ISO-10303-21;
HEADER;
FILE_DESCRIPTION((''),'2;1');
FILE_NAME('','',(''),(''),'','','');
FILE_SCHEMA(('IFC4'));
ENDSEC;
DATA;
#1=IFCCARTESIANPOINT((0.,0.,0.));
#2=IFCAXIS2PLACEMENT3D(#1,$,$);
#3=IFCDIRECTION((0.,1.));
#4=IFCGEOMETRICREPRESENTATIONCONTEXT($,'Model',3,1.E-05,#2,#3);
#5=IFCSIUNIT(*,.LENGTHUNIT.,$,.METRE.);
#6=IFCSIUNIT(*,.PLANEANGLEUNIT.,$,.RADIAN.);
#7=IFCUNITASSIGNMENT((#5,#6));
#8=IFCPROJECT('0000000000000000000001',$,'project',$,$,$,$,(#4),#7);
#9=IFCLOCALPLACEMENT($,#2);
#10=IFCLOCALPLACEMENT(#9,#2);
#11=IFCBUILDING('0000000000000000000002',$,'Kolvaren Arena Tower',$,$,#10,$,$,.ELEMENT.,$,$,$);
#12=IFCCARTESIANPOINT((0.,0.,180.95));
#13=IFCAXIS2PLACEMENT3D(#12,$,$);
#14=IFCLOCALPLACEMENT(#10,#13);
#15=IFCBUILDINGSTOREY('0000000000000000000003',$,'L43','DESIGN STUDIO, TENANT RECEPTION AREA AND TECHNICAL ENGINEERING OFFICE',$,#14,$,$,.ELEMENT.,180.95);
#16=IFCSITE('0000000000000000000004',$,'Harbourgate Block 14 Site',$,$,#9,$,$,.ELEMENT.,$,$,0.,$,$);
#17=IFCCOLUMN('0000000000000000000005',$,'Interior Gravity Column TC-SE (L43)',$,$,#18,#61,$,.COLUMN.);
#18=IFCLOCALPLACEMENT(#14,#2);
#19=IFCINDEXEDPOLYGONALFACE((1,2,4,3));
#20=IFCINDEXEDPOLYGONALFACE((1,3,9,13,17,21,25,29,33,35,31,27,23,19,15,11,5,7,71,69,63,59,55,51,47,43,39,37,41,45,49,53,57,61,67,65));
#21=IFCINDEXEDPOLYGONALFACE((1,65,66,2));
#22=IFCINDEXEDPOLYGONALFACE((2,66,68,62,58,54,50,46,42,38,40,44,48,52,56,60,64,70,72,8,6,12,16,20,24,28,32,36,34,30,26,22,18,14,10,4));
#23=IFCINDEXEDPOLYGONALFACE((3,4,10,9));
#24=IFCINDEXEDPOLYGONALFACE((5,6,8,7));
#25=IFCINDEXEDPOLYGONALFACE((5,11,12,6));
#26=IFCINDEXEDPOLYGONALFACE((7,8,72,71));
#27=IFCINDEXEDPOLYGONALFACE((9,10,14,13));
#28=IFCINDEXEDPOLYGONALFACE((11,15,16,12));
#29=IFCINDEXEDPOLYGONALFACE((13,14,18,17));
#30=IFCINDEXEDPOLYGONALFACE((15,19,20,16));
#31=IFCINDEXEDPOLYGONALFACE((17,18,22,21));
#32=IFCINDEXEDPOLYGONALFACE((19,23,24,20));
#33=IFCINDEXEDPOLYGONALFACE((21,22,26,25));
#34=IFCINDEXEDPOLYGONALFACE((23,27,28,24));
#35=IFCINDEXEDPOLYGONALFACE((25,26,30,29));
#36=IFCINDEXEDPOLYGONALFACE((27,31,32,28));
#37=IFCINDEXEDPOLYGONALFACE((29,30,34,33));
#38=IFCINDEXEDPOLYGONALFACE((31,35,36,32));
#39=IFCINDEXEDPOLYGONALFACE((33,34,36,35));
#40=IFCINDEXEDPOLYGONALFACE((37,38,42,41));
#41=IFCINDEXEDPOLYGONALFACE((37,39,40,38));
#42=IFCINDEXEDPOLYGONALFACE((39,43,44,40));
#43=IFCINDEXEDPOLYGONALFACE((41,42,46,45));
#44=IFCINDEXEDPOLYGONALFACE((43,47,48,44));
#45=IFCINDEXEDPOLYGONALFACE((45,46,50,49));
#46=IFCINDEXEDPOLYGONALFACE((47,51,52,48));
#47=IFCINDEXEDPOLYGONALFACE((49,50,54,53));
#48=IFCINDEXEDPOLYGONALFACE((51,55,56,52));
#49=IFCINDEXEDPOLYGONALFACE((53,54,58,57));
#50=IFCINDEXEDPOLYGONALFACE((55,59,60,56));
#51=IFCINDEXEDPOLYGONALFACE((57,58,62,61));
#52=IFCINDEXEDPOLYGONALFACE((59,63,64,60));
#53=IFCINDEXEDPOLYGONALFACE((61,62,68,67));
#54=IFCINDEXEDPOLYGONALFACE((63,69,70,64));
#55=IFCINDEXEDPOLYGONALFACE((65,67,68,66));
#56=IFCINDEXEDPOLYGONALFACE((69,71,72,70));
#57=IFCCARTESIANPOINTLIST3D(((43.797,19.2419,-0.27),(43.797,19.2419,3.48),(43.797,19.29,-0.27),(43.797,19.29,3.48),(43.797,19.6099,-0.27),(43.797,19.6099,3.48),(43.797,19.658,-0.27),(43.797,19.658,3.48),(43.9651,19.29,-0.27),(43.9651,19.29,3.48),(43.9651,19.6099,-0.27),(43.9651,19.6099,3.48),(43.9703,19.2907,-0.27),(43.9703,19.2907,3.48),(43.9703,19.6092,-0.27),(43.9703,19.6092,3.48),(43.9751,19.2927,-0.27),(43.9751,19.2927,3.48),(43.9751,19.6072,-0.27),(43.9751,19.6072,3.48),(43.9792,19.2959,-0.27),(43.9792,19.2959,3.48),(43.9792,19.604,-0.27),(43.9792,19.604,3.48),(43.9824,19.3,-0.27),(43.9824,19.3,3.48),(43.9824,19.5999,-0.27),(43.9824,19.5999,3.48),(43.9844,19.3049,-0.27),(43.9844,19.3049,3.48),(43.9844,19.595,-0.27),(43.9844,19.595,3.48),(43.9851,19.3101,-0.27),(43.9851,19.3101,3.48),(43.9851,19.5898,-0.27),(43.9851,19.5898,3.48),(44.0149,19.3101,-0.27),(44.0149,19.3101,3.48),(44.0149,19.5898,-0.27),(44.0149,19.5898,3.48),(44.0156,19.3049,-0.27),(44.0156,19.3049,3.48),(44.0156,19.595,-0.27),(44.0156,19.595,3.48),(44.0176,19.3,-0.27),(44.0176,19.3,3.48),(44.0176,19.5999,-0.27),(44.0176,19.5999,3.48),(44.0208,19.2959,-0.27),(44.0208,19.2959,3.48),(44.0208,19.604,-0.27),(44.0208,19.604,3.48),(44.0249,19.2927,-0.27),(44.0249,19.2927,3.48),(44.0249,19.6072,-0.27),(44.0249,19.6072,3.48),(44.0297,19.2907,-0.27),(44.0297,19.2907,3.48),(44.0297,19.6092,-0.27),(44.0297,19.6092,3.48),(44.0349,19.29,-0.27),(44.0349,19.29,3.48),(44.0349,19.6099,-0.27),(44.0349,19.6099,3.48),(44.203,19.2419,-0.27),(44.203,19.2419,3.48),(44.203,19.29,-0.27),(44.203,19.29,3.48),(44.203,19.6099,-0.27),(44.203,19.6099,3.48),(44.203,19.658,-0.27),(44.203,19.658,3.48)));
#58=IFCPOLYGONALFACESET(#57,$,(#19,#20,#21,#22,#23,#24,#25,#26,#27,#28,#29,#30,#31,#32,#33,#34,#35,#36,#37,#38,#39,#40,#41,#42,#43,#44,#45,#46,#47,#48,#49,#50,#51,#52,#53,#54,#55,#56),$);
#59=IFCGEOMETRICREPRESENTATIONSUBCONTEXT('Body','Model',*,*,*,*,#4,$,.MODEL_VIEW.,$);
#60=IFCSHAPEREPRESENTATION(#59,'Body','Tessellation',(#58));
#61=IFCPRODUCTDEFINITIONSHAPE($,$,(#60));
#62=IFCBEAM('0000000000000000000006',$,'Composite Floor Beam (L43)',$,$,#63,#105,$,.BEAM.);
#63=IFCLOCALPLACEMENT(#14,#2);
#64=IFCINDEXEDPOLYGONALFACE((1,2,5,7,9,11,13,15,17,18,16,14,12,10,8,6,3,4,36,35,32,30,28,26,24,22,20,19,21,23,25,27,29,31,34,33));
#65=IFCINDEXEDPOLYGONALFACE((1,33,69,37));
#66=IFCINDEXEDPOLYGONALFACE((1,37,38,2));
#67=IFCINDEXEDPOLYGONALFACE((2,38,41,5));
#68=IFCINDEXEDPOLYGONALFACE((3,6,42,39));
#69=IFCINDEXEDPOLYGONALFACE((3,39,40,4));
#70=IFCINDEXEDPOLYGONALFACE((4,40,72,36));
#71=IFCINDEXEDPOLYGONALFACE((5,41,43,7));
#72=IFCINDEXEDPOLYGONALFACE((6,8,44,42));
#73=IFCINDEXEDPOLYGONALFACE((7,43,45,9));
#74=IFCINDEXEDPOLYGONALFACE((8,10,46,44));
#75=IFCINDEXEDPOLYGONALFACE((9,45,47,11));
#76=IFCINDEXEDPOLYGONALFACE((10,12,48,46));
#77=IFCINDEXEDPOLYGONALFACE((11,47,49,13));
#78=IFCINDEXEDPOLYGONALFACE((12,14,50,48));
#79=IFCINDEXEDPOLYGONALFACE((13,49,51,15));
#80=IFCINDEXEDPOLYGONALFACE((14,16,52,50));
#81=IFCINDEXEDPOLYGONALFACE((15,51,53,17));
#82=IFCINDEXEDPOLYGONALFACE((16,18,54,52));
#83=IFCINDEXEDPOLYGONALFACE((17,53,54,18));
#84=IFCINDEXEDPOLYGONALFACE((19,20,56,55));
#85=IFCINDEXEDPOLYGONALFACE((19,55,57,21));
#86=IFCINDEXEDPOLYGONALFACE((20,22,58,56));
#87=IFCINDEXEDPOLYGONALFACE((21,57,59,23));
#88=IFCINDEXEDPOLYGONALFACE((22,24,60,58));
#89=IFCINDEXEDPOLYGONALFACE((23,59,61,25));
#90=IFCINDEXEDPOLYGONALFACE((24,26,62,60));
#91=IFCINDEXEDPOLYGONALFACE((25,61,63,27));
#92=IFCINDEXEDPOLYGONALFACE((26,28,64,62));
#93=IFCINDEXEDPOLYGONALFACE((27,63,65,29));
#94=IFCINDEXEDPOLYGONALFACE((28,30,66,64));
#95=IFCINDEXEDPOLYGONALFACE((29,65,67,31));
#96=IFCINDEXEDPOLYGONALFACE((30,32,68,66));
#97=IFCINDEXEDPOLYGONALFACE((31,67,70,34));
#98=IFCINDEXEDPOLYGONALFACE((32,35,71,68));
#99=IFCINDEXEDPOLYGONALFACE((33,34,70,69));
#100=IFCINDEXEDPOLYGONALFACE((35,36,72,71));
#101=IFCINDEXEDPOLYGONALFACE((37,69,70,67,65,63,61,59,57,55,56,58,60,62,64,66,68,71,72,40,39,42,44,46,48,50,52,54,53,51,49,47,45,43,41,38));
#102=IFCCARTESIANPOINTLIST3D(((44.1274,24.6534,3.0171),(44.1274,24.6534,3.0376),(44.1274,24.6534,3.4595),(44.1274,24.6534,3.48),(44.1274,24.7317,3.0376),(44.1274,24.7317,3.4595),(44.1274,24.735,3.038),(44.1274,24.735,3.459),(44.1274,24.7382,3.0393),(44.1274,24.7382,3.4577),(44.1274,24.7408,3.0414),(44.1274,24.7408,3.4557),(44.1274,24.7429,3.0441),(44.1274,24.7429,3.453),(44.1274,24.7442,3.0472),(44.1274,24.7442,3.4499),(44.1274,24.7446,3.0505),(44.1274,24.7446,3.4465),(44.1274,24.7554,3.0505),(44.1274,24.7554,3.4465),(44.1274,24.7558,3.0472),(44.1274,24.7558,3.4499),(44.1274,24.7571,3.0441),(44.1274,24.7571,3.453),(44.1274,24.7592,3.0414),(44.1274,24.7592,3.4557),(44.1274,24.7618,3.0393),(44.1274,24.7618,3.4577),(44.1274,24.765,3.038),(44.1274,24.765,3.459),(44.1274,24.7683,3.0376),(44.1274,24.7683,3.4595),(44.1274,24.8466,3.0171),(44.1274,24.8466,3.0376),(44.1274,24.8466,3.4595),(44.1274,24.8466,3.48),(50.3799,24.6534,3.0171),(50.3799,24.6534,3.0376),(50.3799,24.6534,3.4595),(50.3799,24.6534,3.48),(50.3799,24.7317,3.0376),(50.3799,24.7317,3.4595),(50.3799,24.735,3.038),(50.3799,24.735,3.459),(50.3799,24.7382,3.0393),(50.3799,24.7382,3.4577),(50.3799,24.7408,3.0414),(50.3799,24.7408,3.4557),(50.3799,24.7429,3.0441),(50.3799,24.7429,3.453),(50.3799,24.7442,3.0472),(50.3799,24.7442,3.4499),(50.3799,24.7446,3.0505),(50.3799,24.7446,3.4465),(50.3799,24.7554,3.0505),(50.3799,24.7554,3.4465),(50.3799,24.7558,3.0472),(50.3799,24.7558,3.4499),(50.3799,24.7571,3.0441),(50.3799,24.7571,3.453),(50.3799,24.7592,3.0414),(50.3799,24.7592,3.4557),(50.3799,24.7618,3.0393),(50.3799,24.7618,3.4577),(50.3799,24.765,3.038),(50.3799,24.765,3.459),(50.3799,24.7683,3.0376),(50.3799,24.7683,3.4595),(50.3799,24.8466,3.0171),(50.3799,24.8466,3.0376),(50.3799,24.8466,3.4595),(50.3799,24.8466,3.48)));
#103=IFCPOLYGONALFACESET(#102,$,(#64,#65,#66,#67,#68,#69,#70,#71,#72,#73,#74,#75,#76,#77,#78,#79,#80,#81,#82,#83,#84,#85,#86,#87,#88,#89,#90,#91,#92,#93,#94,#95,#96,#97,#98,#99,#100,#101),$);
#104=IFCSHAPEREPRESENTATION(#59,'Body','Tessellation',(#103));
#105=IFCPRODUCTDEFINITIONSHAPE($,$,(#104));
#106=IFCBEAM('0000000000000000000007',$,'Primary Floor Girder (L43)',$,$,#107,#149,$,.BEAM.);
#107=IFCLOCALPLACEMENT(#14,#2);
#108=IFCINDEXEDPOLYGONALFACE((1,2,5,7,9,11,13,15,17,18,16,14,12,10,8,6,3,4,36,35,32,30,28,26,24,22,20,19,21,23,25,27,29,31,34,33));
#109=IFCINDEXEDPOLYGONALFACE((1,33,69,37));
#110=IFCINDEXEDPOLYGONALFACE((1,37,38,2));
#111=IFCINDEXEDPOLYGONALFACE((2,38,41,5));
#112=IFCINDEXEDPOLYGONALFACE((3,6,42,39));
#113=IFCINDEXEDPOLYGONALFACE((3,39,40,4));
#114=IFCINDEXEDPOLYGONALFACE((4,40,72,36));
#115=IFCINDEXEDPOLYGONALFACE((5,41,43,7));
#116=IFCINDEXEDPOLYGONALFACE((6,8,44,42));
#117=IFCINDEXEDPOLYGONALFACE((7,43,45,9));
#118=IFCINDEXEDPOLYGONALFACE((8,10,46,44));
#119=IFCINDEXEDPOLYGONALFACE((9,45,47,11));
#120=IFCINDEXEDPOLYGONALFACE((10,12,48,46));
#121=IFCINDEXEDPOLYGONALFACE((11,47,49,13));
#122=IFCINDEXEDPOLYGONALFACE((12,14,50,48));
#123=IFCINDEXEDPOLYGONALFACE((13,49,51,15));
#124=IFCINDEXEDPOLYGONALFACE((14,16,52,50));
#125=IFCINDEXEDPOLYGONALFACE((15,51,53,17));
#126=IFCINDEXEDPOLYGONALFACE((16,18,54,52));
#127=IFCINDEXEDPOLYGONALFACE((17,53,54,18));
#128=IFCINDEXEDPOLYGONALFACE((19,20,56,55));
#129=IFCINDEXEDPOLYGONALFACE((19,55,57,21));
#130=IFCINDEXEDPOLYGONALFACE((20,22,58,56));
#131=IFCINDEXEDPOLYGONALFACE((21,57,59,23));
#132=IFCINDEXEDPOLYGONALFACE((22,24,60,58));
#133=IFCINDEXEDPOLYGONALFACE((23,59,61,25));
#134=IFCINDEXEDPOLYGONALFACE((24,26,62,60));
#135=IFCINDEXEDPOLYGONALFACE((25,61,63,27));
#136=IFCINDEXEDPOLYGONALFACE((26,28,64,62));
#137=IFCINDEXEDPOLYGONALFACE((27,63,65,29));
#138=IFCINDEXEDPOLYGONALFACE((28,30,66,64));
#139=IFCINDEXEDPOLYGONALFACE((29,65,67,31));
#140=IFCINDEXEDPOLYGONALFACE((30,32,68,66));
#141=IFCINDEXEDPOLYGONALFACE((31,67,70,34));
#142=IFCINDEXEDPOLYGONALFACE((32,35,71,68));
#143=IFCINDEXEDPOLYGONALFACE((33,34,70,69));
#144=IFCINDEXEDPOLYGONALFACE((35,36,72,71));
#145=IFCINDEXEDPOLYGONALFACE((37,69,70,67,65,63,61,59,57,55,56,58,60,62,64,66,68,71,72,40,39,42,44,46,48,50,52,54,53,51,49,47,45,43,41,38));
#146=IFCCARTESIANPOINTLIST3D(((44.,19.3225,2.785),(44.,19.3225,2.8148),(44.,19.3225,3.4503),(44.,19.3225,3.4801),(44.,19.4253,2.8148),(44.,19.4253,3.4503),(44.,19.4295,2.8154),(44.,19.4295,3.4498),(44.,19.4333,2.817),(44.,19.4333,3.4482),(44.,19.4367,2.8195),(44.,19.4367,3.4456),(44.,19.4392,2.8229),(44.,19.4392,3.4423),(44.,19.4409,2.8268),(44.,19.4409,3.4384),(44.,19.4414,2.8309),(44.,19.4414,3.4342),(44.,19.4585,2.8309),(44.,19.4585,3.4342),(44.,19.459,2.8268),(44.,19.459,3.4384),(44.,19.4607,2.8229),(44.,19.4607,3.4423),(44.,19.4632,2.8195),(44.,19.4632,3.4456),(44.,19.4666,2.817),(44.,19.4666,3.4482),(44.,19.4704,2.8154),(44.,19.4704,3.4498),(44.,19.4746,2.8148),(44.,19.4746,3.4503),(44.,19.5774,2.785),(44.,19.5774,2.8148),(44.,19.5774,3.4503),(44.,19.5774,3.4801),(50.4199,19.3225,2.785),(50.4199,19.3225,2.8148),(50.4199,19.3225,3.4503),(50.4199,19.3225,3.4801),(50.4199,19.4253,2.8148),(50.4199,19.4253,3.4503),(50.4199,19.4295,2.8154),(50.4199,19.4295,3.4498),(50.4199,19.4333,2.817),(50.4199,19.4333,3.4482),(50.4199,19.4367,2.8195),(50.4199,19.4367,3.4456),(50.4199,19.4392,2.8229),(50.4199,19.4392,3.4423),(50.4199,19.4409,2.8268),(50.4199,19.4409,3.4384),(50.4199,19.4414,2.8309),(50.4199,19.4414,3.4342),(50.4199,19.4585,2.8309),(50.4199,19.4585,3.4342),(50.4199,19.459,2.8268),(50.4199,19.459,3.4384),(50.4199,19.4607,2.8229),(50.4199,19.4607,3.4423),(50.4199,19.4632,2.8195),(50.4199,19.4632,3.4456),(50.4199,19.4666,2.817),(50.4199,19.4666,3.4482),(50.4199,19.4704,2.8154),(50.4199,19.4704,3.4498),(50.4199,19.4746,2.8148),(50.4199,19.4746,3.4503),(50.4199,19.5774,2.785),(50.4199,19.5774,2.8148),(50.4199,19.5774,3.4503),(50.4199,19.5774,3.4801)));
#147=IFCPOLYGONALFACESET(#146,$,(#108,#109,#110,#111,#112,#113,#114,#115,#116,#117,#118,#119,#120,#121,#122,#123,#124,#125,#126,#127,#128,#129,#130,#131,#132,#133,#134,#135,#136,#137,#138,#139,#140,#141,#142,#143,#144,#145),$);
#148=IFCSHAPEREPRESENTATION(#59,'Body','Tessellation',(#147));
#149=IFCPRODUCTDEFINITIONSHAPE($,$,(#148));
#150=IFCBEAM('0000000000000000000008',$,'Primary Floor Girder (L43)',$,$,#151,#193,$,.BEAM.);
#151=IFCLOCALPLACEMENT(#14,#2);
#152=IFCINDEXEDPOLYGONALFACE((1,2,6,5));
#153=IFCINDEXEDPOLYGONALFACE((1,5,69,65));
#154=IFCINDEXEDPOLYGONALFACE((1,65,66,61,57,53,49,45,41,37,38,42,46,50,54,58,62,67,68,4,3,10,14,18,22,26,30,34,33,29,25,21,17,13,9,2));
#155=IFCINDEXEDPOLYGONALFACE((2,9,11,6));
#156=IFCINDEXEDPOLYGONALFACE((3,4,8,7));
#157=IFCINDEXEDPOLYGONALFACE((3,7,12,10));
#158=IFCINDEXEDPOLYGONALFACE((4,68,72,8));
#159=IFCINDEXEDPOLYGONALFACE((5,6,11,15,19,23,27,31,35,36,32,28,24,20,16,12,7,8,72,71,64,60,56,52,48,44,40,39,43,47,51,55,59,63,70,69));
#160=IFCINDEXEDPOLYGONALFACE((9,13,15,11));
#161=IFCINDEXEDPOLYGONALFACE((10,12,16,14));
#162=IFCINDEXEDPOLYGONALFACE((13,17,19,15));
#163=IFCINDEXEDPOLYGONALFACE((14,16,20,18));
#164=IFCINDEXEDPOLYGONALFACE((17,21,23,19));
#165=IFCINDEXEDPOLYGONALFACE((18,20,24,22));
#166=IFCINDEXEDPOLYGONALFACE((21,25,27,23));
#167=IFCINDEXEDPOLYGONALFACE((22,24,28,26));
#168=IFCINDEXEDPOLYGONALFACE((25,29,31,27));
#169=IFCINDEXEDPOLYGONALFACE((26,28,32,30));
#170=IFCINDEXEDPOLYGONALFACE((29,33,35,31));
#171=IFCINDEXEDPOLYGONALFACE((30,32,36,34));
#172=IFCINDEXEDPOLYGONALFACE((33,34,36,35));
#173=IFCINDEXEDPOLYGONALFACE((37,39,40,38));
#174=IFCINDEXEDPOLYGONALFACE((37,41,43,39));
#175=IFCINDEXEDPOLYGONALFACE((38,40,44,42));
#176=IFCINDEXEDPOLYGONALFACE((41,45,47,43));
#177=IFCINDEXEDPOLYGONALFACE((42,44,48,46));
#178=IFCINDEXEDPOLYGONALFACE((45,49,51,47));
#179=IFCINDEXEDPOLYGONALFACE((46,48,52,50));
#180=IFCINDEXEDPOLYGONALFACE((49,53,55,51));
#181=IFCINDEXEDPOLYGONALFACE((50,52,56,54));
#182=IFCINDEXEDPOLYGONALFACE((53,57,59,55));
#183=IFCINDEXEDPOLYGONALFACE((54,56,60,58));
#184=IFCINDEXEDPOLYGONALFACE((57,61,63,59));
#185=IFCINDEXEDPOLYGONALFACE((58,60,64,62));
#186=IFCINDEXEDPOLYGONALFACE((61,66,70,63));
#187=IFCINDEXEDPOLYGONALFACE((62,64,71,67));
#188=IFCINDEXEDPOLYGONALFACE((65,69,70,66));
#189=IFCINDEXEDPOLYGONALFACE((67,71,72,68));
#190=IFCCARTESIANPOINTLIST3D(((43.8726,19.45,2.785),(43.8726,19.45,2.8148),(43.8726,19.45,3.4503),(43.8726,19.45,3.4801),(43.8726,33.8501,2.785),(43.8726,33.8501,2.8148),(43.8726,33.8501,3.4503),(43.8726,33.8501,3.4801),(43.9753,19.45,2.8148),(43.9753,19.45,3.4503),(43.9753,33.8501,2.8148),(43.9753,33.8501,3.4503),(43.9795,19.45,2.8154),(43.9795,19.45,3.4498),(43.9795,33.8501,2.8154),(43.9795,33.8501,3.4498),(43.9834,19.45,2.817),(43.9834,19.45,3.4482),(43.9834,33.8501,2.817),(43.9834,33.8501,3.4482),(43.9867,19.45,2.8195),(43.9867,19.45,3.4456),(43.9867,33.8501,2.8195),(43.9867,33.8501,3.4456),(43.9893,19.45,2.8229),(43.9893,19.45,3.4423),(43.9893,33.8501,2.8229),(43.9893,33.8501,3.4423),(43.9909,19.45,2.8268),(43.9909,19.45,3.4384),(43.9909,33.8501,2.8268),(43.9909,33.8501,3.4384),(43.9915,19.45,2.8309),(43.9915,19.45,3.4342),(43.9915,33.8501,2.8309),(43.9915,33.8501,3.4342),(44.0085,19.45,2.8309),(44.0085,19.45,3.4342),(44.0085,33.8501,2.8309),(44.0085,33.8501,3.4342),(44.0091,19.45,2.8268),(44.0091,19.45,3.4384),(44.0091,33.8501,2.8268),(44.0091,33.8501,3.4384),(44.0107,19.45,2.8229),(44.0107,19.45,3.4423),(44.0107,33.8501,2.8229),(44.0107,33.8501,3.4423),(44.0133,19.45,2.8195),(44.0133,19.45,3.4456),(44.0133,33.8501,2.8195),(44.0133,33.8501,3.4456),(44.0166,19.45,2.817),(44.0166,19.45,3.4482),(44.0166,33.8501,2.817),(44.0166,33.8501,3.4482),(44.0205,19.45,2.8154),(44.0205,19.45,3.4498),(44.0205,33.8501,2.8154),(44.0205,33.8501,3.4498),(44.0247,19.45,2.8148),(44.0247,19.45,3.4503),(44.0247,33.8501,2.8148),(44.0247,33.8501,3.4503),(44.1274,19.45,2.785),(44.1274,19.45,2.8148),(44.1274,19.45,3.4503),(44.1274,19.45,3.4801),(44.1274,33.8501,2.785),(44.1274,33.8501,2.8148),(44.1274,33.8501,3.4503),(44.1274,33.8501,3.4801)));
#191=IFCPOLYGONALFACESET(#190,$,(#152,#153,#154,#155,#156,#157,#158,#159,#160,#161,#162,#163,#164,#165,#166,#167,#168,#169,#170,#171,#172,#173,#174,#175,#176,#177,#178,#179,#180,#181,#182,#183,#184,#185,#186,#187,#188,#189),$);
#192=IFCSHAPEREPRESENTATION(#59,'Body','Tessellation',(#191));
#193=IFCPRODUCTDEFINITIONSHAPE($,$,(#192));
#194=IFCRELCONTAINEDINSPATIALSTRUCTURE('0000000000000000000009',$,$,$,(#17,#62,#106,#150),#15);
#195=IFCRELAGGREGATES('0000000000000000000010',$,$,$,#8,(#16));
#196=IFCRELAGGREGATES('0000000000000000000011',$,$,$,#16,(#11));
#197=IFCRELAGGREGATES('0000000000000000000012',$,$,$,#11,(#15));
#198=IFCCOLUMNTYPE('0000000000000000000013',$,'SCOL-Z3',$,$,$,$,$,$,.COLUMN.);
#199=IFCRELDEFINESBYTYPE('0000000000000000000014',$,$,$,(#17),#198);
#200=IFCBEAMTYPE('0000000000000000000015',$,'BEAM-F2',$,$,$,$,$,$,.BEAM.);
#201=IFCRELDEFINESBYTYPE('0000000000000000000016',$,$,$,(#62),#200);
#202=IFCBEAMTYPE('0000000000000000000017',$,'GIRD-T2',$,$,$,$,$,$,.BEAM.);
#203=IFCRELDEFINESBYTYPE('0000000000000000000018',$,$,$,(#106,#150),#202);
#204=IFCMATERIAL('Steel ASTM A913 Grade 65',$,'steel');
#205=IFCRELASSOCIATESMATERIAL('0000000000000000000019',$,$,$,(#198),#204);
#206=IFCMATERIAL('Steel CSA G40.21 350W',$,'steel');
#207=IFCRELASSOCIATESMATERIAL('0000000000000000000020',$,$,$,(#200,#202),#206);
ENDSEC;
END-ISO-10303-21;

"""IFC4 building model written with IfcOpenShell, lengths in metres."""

from ifc_helpers import new_model, si_unit, direction, frame, origin, origin_2d, place, context, subcontext, project, spatial, i_section, extrude, material, material_profile, profile_set, type_object, element, save


model = new_model("IFC4")

# Units and contexts
model_context = context("Model", 3, precision=1e-05, world=origin(), true_north=direction((0.0, 1.0)))
body_context = subcontext(model_context, "Body", "Model", "MODEL_VIEW")
ifc_project = project(units=[si_unit("LENGTHUNIT", "METRE"), si_unit("PLANEANGLEUNIT", "RADIAN")], contexts=[model_context])

# Site, building, storey
site_placement = place(None, origin())
site = spatial("IfcSite", under=ifc_project, at=site_placement, Name="Harbourgate Block 14 Site", CompositionType="ELEMENT", RefElevation=0.0)
building_placement = place(site_placement, origin())
building = spatial("IfcBuilding", under=site, at=building_placement, Name="Kolvaren Arena Tower", CompositionType="ELEMENT")
storey_placement = place(building_placement, frame((0.0, 0.0, 180.95)))
storey = spatial("IfcBuildingStorey", under=building, at=storey_placement, Name="L43", Description="DESIGN STUDIO, TENANT RECEPTION AREA AND TECHNICAL ENGINEERING OFFICE", CompositionType="ELEMENT", Elevation=180.95)

# Column
ifc_material_1 = material(Name="Steel ASTM A913 Grade 65", Category="steel")
ifc_material_profile_1 = material_profile(ifc_material_1, i_section(OverallWidth=0.406, OverallDepth=0.416, WebThickness=0.0298, FlangeThickness=0.0481, FilletRadius=0.02, at=origin_2d()), Name="W360x382")
ifc_profile_set_1 = profile_set([ifc_material_profile_1], Name="Steel ASTM A913 Grade 65")
column_type = type_object("IfcColumnType", Name="SCOL-Z3", PredefinedType="COLUMN", material=ifc_profile_set_1)
column_placement = place(storey_placement, frame((44.0, 19.45, -0.27), z_axis=(0.0, 0.0, 1.0), x_axis=(1.0, 0.0, 0.0)))
element("IfcColumn", 1, at=column_placement, inside=storey, type_object=column_type, Name="Interior Gravity Column TC-SE (L43)", PredefinedType="COLUMN", context=body_context, shape_type="SweptSolid", body=[
    extrude(i_section(OverallWidth=0.406, OverallDepth=0.416, WebThickness=0.0298, FlangeThickness=0.0481, FilletRadius=0.02, at=origin_2d()), origin(), (0.0, 0.0, 1.0), 3.75),
])

# Beams
ifc_material_2 = material(Name="Steel CSA G40.21 350W", Category="steel")
ifc_material_profile_2 = material_profile(ifc_material_2, i_section(OverallWidth=0.1931, OverallDepth=0.4629, WebThickness=0.0107, FlangeThickness=0.0205, FilletRadius=0.0129, at=origin_2d()), Name="W460x113")
ifc_profile_set_2 = profile_set([ifc_material_profile_2], Name="Steel CSA G40.21 350W")
beam_type_1 = type_object("IfcBeamType", Name="BEAM-F2", PredefinedType="BEAM", material=ifc_profile_set_2)
beam_1_placement = place(storey_placement, frame((44.1274, 24.75, 3.2485), z_axis=(1.0, 0.0, 0.0), x_axis=(0.0, 1.0, 0.0)))
element("IfcBeam", 2, at=beam_1_placement, inside=storey, type_object=beam_type_1, Name="Composite Floor Beam (L43)", PredefinedType="BEAM", context=body_context, shape_type="SweptSolid", body=[
    extrude(i_section(OverallWidth=0.1931, OverallDepth=0.4629, WebThickness=0.0107, FlangeThickness=0.0205, FilletRadius=0.0129, at=origin_2d()), origin(), (0.0, 0.0, 1.0), 6.2524),
])
ifc_material_profile_3 = material_profile(ifc_material_2, i_section(OverallWidth=0.2549, OverallDepth=0.6951, WebThickness=0.0171, FlangeThickness=0.0298, FilletRadius=0.0161, at=origin_2d()), Name="W690x217")
ifc_profile_set_3 = profile_set([ifc_material_profile_3], Name="Steel CSA G40.21 350W")
beam_type_2 = type_object("IfcBeamType", Name="GIRD-T2", PredefinedType="BEAM", material=ifc_profile_set_3)
beam_2_placement = place(storey_placement, frame((44.0, 19.45, 3.1326), z_axis=(1.0, 0.0, 0.0), x_axis=(0.0, 1.0, 0.0)))
element("IfcBeam", 3, at=beam_2_placement, inside=storey, type_object=beam_type_2, Name="Primary Floor Girder (L43)", PredefinedType="BEAM", context=body_context, shape_type="SweptSolid", body=[
    extrude(i_section(OverallWidth=0.2549, OverallDepth=0.6951, WebThickness=0.0171, FlangeThickness=0.0298, FilletRadius=0.0161, at=origin_2d()), origin(), (0.0, 0.0, 1.0), 6.4199),
])
beam_3_placement = place(storey_placement, frame((44.0, 19.45, 3.1326), z_axis=(0.0, 1.0, 0.0), x_axis=(-1.0, 0.0, 0.0)))
element("IfcBeam", 4, at=beam_3_placement, inside=storey, type_object=beam_type_2, Name="Primary Floor Girder (L43)", PredefinedType="BEAM", context=body_context, shape_type="SweptSolid", body=[
    extrude(i_section(OverallWidth=0.2549, OverallDepth=0.6951, WebThickness=0.0171, FlangeThickness=0.0298, FilletRadius=0.0161, at=origin_2d()), origin(), (0.0, 0.0, 1.0), 14.4001),
])

save(model, "model.ifc")
